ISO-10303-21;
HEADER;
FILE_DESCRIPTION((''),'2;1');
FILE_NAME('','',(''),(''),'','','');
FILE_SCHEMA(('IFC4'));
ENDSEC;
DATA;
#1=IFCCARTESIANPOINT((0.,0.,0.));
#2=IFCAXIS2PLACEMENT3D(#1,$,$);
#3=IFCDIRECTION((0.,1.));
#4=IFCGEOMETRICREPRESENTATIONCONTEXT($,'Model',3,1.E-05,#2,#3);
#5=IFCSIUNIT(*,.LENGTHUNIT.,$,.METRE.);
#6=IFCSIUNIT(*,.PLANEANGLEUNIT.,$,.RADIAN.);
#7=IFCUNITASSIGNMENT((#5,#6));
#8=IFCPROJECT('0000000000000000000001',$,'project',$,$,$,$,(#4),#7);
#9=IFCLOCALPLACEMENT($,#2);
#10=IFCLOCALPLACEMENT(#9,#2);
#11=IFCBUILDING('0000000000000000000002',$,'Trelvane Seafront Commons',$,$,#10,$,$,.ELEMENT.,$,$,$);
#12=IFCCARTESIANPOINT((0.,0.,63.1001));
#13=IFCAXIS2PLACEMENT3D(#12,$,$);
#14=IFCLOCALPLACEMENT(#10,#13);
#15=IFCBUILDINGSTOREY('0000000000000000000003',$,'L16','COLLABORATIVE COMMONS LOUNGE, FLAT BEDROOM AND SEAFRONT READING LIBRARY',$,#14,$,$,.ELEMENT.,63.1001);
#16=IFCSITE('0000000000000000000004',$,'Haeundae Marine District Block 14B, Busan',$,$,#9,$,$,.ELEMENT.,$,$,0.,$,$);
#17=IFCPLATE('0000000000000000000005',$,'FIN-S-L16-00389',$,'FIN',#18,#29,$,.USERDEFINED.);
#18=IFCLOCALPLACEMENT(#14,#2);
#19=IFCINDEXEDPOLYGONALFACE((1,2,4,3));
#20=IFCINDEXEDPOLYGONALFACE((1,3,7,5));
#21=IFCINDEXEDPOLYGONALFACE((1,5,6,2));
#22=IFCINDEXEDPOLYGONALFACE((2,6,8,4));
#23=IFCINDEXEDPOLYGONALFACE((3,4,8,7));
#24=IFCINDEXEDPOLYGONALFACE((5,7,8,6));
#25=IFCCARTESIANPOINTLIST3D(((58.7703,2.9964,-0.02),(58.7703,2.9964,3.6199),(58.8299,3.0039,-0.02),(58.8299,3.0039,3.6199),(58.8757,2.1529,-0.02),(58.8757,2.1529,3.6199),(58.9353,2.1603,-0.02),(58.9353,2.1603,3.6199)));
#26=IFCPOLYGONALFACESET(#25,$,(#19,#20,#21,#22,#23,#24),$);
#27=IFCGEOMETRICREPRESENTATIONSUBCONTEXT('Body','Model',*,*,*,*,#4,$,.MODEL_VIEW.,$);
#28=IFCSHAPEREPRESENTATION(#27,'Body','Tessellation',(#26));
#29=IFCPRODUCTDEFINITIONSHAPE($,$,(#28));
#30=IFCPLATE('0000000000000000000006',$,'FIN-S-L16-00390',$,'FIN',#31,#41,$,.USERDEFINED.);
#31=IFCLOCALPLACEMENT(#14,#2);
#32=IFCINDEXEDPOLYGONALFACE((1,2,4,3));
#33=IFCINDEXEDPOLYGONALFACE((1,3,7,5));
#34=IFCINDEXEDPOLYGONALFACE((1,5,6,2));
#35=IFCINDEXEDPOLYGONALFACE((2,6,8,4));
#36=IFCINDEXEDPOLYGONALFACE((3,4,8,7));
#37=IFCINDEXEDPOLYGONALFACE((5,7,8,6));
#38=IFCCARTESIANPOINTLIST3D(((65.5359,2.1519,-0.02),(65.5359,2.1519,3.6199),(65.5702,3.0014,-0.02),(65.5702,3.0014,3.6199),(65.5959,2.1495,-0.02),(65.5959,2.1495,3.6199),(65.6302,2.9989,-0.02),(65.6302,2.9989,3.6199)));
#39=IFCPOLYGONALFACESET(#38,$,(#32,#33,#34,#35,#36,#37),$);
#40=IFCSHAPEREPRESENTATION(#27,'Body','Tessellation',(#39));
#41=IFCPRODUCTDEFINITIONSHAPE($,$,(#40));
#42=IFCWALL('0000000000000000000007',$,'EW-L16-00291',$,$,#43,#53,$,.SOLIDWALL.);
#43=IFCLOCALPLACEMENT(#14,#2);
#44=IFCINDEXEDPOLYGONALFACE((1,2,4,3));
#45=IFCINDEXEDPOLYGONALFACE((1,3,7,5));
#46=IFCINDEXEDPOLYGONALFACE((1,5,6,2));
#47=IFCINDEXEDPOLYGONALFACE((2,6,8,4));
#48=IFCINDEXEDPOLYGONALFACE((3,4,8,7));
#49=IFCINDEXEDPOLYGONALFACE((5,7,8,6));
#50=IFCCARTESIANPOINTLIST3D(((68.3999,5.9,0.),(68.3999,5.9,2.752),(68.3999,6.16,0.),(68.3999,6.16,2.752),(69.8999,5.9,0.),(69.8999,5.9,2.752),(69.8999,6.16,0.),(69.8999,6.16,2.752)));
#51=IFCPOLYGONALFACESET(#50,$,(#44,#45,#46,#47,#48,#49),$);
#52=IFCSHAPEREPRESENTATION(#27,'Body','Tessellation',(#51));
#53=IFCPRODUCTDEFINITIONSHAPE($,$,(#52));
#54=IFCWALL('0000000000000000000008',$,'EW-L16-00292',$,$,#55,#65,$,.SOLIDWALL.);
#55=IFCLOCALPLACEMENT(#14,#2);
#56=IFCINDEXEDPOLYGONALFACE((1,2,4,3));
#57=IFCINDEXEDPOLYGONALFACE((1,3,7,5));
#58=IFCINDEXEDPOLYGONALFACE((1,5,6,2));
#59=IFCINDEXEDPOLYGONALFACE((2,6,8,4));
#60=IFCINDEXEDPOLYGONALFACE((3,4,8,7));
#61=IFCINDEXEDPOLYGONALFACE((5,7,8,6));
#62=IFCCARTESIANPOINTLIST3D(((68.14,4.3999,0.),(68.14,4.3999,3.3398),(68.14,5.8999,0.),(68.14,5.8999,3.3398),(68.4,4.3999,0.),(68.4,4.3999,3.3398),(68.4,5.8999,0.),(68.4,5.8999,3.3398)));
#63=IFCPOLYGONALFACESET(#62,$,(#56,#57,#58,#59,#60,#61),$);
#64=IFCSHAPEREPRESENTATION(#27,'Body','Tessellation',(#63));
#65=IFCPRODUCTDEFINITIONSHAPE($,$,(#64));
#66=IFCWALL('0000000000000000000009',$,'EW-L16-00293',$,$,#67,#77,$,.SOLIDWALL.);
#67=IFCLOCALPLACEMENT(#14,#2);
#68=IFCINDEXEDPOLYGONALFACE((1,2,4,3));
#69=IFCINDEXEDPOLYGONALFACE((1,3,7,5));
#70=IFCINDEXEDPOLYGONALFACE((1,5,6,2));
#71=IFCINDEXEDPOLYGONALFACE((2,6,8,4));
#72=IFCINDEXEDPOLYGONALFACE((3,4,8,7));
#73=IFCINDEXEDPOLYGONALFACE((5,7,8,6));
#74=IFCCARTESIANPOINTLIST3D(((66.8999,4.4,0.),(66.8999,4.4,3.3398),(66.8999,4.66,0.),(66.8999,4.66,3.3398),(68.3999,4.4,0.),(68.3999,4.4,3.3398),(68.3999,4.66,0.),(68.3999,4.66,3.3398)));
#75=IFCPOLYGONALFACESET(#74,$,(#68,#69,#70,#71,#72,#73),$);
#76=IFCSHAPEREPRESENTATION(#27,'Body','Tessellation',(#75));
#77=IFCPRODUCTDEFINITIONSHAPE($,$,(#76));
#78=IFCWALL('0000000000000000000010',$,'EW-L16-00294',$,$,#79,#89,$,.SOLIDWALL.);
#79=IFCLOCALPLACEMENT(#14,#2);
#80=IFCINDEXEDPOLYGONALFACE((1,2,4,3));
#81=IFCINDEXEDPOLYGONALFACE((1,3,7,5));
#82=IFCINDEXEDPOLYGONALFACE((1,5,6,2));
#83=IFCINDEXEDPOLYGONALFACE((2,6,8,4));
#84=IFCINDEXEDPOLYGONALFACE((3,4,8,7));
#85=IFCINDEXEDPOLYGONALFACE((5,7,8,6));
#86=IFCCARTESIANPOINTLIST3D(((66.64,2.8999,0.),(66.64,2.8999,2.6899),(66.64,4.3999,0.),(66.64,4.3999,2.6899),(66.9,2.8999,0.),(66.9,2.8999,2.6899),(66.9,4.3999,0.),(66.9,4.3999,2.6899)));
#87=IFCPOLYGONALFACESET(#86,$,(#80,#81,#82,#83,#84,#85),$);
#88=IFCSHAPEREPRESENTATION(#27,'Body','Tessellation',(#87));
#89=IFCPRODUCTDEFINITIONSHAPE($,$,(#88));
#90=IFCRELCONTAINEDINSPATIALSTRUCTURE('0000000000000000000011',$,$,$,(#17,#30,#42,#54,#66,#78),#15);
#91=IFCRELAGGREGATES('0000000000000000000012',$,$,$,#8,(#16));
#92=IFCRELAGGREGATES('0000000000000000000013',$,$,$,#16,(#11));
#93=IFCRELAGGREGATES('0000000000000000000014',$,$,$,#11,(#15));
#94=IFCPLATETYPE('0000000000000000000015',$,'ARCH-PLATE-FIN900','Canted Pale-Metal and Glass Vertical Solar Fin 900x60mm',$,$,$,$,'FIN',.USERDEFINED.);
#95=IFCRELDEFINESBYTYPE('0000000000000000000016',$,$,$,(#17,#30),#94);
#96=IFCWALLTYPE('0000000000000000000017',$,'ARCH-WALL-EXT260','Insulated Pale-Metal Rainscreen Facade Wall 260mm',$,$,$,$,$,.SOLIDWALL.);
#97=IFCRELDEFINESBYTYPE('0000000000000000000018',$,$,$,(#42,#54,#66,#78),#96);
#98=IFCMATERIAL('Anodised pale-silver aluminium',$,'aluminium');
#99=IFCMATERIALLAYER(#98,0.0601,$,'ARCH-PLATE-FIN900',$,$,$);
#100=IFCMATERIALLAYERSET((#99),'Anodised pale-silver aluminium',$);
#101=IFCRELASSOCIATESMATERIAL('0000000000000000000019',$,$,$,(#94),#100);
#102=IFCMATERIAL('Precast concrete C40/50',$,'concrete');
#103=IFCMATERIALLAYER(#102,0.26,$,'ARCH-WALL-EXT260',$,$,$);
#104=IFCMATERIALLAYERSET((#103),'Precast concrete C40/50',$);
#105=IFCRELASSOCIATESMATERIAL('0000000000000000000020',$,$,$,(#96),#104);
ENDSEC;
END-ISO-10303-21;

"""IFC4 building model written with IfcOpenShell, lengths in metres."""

from ifc_helpers import new_model, si_unit, direction, frame, frame_2d, origin, origin_2d, place, context, subcontext, project, spatial, rectangle, extrude, source, transform, mapped, material, layer, layer_set, type_object, element, save


model = new_model("IFC4")

# Units and contexts
model_context = context("Model", 3, precision=1e-05, world=origin(), true_north=direction((0.0, 1.0)))
body_context = subcontext(model_context, "Body", "Model", "MODEL_VIEW")
ifc_project = project(units=[si_unit("LENGTHUNIT", "METRE"), si_unit("PLANEANGLEUNIT", "RADIAN")], contexts=[model_context])

# Site, building, storey
site_placement = place(None, origin())
site = spatial("IfcSite", under=ifc_project, at=site_placement, Name="Haeundae Marine District Block 14B, Busan", CompositionType="ELEMENT", RefElevation=0.0)
building_placement = place(site_placement, origin())
building = spatial("IfcBuilding", under=site, at=building_placement, Name="Trelvane Seafront Commons", CompositionType="ELEMENT")
storey_placement = place(building_placement, frame((0.0, 0.0, 63.1001)))
storey = spatial("IfcBuildingStorey", under=building, at=storey_placement, Name="L16", Description="COLLABORATIVE COMMONS LOUNGE, FLAT BEDROOM AND SEAFRONT READING LIBRARY", CompositionType="ELEMENT", Elevation=63.1001)

# Plates
ifc_material_1 = material(Name="Anodised pale-silver aluminium", Category="aluminium")
ifc_layer_1 = layer(ifc_material_1, 0.0601, Name="ARCH-PLATE-FIN900")
ifc_layer_set_1 = layer_set([ifc_layer_1], Name="Anodised pale-silver aluminium")
plate_type = type_object("IfcPlateType", Name="ARCH-PLATE-FIN900", Description="Canted Pale-Metal and Glass Vertical Solar Fin 900x60mm", ElementType="FIN", PredefinedType="USERDEFINED", material=ifc_layer_set_1)
shared_shape_1 = source(origin(), body_context, "Body", "SweptSolid", [
    extrude(rectangle(XDim=0.8501, YDim=0.0601, at=origin_2d()), origin(), (0.0, 0.0, 1.0), 3.6399),
])
for number, where, z_axis, x_axis, name in (
    (1, (58.8528, 2.5784, -0.02), (0.0, 0.0, 1.0), (0.124005, -0.992282, 0.0), "FIN-S-L16-00389"),
    (2, (65.583, 2.5754, -0.02), (0.0, 0.0, 1.0), (-0.040353, -0.999185, 0.0), "FIN-S-L16-00390"),
):
    element("IfcPlate", number, at=place(storey_placement, frame(where, z_axis=z_axis, x_axis=x_axis)), inside=storey, type_object=plate_type, Name=name, ObjectType="FIN", PredefinedType="USERDEFINED", context=body_context, shape_type="MappedRepresentation", body=[
        mapped(shared_shape_1, transform((0.0, 0.0, 0.0), x_axis=(1.0, 0.0, 0.0), y_axis=(0.0, 1.0, 0.0), z_axis=(0.0, 0.0, 1.0), scale=1.0)),
    ])

# Walls
ifc_material_2 = material(Name="Precast concrete C40/50", Category="concrete")
ifc_layer_2 = layer(ifc_material_2, 0.26, Name="ARCH-WALL-EXT260")
ifc_layer_set_2 = layer_set([ifc_layer_2], Name="Precast concrete C40/50")
wall_type_1 = type_object("IfcWallType", Name="ARCH-WALL-EXT260", Description="Insulated Pale-Metal Rainscreen Facade Wall 260mm", PredefinedType="SOLIDWALL", material=ifc_layer_set_2)
wall_1_placement = place(storey_placement, frame((69.8999, 6.03, 0.0), z_axis=(0.0, 0.0, 1.0), x_axis=(-1.0, 0.0, 0.0)))
element("IfcWall", 3, at=wall_1_placement, inside=storey, type_object=wall_type_1, Name="EW-L16-00291", PredefinedType="SOLIDWALL", context=body_context, shape_type="SweptSolid", body=[
    extrude(rectangle(XDim=1.5, YDim=0.26, at=frame_2d((0.75, 0.0))), origin(), (0.0, 0.0, 1.0), 2.752),
])
for number, where, z_axis, x_axis, name in (
    (4, (68.27, 5.8999, 0.0), (0.0, 0.0, 1.0), (0.0, -1.0, 0.0), "EW-L16-00292"),
    (5, (68.3999, 4.53, 0.0), (0.0, 0.0, 1.0), (-1.0, 0.0, 0.0), "EW-L16-00293"),
):
    element("IfcWall", number, at=place(storey_placement, frame(where, z_axis=z_axis, x_axis=x_axis)), inside=storey, type_object=wall_type_1, Name=name, PredefinedType="SOLIDWALL", context=body_context, shape_type="SweptSolid", body=[
        extrude(rectangle(XDim=1.5, YDim=0.26, at=frame_2d((0.75, 0.0))), origin(), (0.0, 0.0, 1.0), 3.3398),
    ])
wall_2_placement = place(storey_placement, frame((66.77, 4.3999, 0.0), z_axis=(0.0, 0.0, 1.0), x_axis=(0.0, -1.0, 0.0)))
element("IfcWall", 6, at=wall_2_placement, inside=storey, type_object=wall_type_1, Name="EW-L16-00294", PredefinedType="SOLIDWALL", context=body_context, shape_type="SweptSolid", body=[
    extrude(rectangle(XDim=1.5, YDim=0.26, at=frame_2d((0.75, 0.0))), origin(), (0.0, 0.0, 1.0), 2.6899),
])

save(model, "model.ifc")
